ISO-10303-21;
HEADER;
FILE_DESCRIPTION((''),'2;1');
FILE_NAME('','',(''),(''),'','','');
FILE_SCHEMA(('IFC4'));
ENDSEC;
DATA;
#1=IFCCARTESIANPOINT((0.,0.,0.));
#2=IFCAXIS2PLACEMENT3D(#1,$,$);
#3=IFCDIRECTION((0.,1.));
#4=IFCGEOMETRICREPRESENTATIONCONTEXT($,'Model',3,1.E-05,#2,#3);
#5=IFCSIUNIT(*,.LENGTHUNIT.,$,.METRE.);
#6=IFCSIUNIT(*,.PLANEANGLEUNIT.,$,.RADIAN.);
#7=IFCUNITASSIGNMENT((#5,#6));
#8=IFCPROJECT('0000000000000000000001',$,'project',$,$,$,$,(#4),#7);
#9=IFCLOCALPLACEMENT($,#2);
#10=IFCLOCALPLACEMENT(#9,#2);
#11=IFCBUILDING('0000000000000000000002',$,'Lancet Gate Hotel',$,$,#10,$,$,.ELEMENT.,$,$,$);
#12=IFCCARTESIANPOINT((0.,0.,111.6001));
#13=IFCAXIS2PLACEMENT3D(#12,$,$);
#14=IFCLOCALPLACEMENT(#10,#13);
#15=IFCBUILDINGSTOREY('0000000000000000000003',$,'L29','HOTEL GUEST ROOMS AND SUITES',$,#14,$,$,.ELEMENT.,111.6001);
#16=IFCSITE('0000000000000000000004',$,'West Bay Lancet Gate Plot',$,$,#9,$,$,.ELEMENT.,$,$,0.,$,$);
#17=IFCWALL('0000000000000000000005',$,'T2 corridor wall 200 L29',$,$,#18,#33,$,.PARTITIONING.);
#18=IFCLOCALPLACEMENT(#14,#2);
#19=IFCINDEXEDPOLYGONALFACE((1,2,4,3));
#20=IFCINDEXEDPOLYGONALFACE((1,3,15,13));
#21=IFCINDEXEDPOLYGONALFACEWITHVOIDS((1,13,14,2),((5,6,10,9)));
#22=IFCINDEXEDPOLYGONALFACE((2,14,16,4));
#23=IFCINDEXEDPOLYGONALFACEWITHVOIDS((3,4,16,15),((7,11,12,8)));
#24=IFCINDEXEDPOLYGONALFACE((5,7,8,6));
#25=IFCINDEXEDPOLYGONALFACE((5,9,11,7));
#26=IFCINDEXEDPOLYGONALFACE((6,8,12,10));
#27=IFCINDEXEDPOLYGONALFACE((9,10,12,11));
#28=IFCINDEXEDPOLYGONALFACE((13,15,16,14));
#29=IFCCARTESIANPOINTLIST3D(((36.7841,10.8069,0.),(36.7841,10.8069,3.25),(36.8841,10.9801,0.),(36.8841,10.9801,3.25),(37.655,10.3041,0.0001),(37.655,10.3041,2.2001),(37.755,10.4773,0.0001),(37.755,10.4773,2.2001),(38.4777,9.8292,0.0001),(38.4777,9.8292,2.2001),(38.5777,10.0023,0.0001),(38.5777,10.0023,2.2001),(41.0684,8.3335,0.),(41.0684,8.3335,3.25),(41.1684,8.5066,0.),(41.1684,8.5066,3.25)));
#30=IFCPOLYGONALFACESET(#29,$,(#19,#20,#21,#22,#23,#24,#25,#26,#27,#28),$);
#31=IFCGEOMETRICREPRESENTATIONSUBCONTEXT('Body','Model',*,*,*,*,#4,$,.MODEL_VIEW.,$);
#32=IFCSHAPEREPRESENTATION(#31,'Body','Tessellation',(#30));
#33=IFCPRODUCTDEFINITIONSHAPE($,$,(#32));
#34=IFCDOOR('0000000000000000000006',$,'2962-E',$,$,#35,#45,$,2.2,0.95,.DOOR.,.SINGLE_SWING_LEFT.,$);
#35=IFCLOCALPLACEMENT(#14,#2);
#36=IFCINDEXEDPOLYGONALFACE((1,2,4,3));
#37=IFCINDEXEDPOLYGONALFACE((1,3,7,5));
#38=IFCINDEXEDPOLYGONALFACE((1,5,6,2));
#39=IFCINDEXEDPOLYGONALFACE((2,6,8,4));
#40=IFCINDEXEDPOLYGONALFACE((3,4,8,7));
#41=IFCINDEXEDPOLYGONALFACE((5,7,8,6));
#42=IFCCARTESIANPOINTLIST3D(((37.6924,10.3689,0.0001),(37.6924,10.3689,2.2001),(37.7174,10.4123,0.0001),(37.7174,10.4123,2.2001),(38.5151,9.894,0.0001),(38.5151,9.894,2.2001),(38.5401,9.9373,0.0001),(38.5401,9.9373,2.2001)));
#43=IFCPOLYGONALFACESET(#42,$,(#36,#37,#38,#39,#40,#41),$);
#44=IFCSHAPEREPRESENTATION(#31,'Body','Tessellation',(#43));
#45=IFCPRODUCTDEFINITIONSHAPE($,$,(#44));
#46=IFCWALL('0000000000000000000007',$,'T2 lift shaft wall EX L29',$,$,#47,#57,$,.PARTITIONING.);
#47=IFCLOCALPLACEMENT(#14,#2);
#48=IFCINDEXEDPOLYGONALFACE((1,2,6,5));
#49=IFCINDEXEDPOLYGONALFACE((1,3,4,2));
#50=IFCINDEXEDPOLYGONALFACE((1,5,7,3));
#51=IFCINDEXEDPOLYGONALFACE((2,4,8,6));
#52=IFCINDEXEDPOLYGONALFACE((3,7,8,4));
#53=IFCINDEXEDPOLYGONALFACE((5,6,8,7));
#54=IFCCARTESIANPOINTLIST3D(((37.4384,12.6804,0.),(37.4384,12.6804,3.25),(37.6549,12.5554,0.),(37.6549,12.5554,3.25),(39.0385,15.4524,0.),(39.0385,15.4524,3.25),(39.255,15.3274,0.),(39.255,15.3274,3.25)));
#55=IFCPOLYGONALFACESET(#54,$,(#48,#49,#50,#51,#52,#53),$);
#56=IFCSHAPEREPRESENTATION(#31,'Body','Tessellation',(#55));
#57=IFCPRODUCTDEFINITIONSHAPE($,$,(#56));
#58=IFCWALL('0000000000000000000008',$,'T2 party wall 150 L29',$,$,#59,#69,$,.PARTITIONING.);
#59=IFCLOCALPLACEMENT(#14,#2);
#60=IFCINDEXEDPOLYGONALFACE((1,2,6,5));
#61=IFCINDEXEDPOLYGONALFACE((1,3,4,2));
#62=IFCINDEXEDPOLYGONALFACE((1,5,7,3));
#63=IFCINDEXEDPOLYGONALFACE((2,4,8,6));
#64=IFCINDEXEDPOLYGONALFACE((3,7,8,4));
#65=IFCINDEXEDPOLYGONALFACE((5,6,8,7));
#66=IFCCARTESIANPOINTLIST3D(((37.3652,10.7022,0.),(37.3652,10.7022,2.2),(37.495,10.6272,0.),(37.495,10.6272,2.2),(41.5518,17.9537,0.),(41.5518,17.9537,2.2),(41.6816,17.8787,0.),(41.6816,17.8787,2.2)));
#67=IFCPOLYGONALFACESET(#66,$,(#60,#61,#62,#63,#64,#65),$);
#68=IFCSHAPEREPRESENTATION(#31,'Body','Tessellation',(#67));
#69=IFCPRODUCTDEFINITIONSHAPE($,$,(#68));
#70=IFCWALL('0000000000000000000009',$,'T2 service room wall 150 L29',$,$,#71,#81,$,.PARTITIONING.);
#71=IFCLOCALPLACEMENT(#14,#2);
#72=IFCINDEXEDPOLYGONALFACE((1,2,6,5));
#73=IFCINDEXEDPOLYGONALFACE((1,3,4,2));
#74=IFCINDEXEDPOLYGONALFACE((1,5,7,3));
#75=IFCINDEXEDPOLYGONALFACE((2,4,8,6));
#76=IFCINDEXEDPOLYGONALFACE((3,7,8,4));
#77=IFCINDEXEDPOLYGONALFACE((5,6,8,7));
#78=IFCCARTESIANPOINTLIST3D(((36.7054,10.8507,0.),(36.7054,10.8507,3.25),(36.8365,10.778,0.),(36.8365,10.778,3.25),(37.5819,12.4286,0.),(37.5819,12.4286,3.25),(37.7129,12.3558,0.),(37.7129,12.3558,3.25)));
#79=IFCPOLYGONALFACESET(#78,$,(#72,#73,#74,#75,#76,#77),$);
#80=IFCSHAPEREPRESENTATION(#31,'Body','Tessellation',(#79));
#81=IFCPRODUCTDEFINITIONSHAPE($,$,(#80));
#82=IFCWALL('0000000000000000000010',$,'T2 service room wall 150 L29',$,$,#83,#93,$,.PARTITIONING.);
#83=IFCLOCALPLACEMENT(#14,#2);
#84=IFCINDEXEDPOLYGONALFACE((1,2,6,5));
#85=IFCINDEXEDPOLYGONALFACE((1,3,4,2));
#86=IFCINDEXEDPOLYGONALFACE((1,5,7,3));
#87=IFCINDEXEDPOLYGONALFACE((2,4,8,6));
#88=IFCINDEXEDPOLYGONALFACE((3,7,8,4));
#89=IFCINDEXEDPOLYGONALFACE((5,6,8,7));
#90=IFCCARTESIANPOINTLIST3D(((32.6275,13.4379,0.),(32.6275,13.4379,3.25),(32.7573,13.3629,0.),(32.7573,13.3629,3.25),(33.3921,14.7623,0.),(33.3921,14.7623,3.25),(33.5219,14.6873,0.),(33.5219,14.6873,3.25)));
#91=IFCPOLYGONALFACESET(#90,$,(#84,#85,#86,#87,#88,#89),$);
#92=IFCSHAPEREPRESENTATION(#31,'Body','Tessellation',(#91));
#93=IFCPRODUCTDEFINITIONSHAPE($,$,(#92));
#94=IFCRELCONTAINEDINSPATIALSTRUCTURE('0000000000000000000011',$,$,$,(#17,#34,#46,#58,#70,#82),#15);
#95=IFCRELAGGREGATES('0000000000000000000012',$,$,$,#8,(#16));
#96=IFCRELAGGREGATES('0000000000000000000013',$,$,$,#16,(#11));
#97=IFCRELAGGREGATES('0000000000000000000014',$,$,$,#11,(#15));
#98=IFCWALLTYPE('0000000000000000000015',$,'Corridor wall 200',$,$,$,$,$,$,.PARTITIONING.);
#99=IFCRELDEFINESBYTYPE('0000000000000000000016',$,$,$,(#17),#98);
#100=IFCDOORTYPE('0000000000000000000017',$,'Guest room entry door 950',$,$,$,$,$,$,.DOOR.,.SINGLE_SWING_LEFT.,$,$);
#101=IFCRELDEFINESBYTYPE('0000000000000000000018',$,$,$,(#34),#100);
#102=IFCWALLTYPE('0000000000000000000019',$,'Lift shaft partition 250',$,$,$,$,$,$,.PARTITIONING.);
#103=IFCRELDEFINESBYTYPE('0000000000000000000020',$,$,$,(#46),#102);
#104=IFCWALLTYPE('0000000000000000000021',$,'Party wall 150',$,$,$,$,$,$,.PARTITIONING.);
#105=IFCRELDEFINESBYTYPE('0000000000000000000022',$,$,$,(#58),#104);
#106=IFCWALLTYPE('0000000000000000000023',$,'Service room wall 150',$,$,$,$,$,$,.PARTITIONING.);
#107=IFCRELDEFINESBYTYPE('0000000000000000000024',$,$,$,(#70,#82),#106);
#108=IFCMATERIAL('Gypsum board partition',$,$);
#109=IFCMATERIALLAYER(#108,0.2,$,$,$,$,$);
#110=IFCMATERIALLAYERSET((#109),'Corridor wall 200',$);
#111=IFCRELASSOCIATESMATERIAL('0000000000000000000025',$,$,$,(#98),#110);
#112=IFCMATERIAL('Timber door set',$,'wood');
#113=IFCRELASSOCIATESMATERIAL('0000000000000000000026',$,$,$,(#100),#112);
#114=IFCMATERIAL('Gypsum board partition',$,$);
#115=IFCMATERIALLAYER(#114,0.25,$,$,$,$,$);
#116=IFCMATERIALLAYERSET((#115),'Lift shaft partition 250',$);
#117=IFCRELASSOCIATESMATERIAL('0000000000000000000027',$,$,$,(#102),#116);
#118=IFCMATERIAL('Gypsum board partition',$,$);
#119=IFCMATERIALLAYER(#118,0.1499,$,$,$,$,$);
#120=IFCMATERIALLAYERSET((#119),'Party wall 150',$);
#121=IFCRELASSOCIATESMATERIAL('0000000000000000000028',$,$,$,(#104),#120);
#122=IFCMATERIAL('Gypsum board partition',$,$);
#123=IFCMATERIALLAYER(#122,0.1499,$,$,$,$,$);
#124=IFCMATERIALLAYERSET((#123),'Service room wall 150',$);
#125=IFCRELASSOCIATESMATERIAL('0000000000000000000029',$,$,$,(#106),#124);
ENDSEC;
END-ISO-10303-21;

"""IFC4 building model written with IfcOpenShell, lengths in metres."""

from ifc_helpers import new_model, si_unit, direction, frame, frame_2d, origin, place, context, subcontext, project, spatial, rectangle, extrude, material, layer, layer_set, type_object, element, fill, save


model = new_model("IFC4")

# Units and contexts
model_context = context("Model", 3, precision=1e-05, world=origin(), true_north=direction((0.0, 1.0)))
body_context = subcontext(model_context, "Body", "Model", "MODEL_VIEW")
ifc_project = project(units=[si_unit("LENGTHUNIT", "METRE"), si_unit("PLANEANGLEUNIT", "RADIAN")], contexts=[model_context])

# Site, building, storey
site_placement = place(None, origin())
site = spatial("IfcSite", under=ifc_project, at=site_placement, Name="West Bay Lancet Gate Plot", CompositionType="ELEMENT", RefElevation=0.0)
building_placement = place(site_placement, origin())
building = spatial("IfcBuilding", under=site, at=building_placement, Name="Lancet Gate Hotel", CompositionType="ELEMENT")
storey_placement = place(building_placement, frame((0.0, 0.0, 111.6001)))
storey = spatial("IfcBuildingStorey", under=building, at=storey_placement, Name="L29", Description="HOTEL GUEST ROOMS AND SUITES", CompositionType="ELEMENT", Elevation=111.6001)

# Wall, opening, door
ifc_material_1 = material(Name="Gypsum board partition")
ifc_layer_1 = layer(ifc_material_1, 0.2)
ifc_layer_set_1 = layer_set([ifc_layer_1], Name="Corridor wall 200")
wall_type_1 = type_object("IfcWallType", Name="Corridor wall 200", PredefinedType="PARTITIONING", material=ifc_layer_set_1)
wall_1_placement = place(storey_placement, frame((36.834, 10.8936, 0.0), z_axis=(0.0, 0.0, 1.0), x_axis=(0.866033, -0.499987, 0.0)))
wall_1 = element("IfcWall", 1, at=wall_1_placement, inside=storey, type_object=wall_type_1, Name="T2 corridor wall 200 L29", PredefinedType="PARTITIONING", context=body_context, shape_type="SweptSolid", body=[
    extrude(rectangle(XDim=4.947, YDim=0.2, at=frame_2d((2.4736, 0.0))), origin(), (0.0, 0.0, 1.0), 3.25),
])
opening_1_placement = place(wall_1_placement, frame((1.0056, 0.0, 0.0)))
opening_1 = element("IfcOpeningElement", 2, at=opening_1_placement, cuts=wall_1, PredefinedType="OPENING", context=body_context, shape_type="SweptSolid", body=[
    extrude(rectangle(XDim=0.95, YDim=2.2, at=frame_2d((0.4751, 1.1001))), frame((0.0, 0.1099, 0.0), z_axis=(0.0, -1.0, 0.0), x_axis=(1.0, 0.0, 0.0)), (0.0, 0.0, 1.0), 0.22),
])
ifc_material_2 = material(Name="Timber door set", Category="wood")
door_type_1 = type_object("IfcDoorType", Name="Guest room entry door 950", OperationType="SINGLE_SWING_LEFT", PredefinedType="DOOR", material=ifc_material_2)
door_1_placement = place(opening_1_placement, origin())
door_1 = element("IfcDoor", 3, at=door_1_placement, inside=storey, type_object=door_type_1, Name="2962-E", OperationType="SINGLE_SWING_LEFT", OverallHeight=2.2, OverallWidth=0.95, PredefinedType="DOOR", context=body_context, shape_type="SweptSolid", body=[
    extrude(rectangle(XDim=0.95, YDim=2.2, at=frame_2d((0.4751, 1.1001))), frame((0.0, 0.0249, 0.0), z_axis=(0.0, -1.0, 0.0), x_axis=(1.0, 0.0, 0.0)), (0.0, 0.0, 1.0), 0.05),
])
fill(opening_1, door_1)

# Walls
ifc_material_3 = material(Name="Gypsum board partition")
ifc_layer_2 = layer(ifc_material_3, 0.25)
ifc_layer_set_2 = layer_set([ifc_layer_2], Name="Lift shaft partition 250")
wall_type_2 = type_object("IfcWallType", Name="Lift shaft partition 250", PredefinedType="PARTITIONING", material=ifc_layer_set_2)
wall_2_placement = place(storey_placement, frame((37.5466, 12.6179, 0.0), z_axis=(0.0, 0.0, 1.0), x_axis=(0.499929, 0.866066, 0.0)))
element("IfcWall", 4, at=wall_2_placement, inside=storey, type_object=wall_type_2, Name="T2 lift shaft wall EX L29", PredefinedType="PARTITIONING", context=body_context, shape_type="SweptSolid", body=[
    extrude(rectangle(XDim=3.2007, YDim=0.25, at=frame_2d((1.6003, 0.0))), origin(), (0.0, 0.0, 1.0), 3.25),
])
ifc_material_4 = material(Name="Gypsum board partition")
ifc_layer_3 = layer(ifc_material_4, 0.1499)
ifc_layer_set_3 = layer_set([ifc_layer_3], Name="Party wall 150")
wall_type_3 = type_object("IfcWallType", Name="Party wall 150", PredefinedType="PARTITIONING", material=ifc_layer_set_3)
wall_3_placement = place(storey_placement, frame((37.4302, 10.6648, 0.0), z_axis=(0.0, 0.0, 1.0), x_axis=(0.49999, 0.866031, 0.0)))
element("IfcWall", 5, at=wall_3_placement, inside=storey, type_object=wall_type_3, Name="T2 party wall 150 L29", PredefinedType="PARTITIONING", context=body_context, shape_type="SweptSolid", body=[
    extrude(rectangle(XDim=8.3733, YDim=0.1499, at=frame_2d((4.1865, 0.0))), origin(), (0.0, 0.0, 1.0), 2.2),
])
ifc_material_5 = material(Name="Gypsum board partition")
ifc_layer_4 = layer(ifc_material_5, 0.1499)
ifc_layer_set_4 = layer_set([ifc_layer_4], Name="Service room wall 150")
wall_type_4 = type_object("IfcWallType", Name="Service room wall 150", PredefinedType="PARTITIONING", material=ifc_layer_set_4)
wall_4_placement = place(storey_placement, frame((36.771, 10.8145, 0.0), z_axis=(0.0, 0.0, 1.0), x_axis=(0.485586, 0.874189, 0.0)))
element("IfcWall", 6, at=wall_4_placement, inside=storey, type_object=wall_type_4, Name="T2 service room wall 150 L29", PredefinedType="PARTITIONING", context=body_context, shape_type="SweptSolid", body=[
    extrude(rectangle(XDim=1.8049, YDim=0.1499, at=frame_2d((0.9023, 0.0))), origin(), (0.0, 0.0, 1.0), 3.25),
])
wall_5_placement = place(storey_placement, frame((32.6924, 13.4004, 0.0), z_axis=(0.0, 0.0, 1.0), x_axis=(0.499985, 0.866034, 0.0)))
element("IfcWall", 7, at=wall_5_placement, inside=storey, type_object=wall_type_4, Name="T2 service room wall 150 L29", PredefinedType="PARTITIONING", context=body_context, shape_type="SweptSolid", body=[
    extrude(rectangle(XDim=1.5293, YDim=0.1499, at=frame_2d((0.7646, 0.0))), origin(), (0.0, 0.0, 1.0), 3.25),
])

save(model, "model.ifc")
